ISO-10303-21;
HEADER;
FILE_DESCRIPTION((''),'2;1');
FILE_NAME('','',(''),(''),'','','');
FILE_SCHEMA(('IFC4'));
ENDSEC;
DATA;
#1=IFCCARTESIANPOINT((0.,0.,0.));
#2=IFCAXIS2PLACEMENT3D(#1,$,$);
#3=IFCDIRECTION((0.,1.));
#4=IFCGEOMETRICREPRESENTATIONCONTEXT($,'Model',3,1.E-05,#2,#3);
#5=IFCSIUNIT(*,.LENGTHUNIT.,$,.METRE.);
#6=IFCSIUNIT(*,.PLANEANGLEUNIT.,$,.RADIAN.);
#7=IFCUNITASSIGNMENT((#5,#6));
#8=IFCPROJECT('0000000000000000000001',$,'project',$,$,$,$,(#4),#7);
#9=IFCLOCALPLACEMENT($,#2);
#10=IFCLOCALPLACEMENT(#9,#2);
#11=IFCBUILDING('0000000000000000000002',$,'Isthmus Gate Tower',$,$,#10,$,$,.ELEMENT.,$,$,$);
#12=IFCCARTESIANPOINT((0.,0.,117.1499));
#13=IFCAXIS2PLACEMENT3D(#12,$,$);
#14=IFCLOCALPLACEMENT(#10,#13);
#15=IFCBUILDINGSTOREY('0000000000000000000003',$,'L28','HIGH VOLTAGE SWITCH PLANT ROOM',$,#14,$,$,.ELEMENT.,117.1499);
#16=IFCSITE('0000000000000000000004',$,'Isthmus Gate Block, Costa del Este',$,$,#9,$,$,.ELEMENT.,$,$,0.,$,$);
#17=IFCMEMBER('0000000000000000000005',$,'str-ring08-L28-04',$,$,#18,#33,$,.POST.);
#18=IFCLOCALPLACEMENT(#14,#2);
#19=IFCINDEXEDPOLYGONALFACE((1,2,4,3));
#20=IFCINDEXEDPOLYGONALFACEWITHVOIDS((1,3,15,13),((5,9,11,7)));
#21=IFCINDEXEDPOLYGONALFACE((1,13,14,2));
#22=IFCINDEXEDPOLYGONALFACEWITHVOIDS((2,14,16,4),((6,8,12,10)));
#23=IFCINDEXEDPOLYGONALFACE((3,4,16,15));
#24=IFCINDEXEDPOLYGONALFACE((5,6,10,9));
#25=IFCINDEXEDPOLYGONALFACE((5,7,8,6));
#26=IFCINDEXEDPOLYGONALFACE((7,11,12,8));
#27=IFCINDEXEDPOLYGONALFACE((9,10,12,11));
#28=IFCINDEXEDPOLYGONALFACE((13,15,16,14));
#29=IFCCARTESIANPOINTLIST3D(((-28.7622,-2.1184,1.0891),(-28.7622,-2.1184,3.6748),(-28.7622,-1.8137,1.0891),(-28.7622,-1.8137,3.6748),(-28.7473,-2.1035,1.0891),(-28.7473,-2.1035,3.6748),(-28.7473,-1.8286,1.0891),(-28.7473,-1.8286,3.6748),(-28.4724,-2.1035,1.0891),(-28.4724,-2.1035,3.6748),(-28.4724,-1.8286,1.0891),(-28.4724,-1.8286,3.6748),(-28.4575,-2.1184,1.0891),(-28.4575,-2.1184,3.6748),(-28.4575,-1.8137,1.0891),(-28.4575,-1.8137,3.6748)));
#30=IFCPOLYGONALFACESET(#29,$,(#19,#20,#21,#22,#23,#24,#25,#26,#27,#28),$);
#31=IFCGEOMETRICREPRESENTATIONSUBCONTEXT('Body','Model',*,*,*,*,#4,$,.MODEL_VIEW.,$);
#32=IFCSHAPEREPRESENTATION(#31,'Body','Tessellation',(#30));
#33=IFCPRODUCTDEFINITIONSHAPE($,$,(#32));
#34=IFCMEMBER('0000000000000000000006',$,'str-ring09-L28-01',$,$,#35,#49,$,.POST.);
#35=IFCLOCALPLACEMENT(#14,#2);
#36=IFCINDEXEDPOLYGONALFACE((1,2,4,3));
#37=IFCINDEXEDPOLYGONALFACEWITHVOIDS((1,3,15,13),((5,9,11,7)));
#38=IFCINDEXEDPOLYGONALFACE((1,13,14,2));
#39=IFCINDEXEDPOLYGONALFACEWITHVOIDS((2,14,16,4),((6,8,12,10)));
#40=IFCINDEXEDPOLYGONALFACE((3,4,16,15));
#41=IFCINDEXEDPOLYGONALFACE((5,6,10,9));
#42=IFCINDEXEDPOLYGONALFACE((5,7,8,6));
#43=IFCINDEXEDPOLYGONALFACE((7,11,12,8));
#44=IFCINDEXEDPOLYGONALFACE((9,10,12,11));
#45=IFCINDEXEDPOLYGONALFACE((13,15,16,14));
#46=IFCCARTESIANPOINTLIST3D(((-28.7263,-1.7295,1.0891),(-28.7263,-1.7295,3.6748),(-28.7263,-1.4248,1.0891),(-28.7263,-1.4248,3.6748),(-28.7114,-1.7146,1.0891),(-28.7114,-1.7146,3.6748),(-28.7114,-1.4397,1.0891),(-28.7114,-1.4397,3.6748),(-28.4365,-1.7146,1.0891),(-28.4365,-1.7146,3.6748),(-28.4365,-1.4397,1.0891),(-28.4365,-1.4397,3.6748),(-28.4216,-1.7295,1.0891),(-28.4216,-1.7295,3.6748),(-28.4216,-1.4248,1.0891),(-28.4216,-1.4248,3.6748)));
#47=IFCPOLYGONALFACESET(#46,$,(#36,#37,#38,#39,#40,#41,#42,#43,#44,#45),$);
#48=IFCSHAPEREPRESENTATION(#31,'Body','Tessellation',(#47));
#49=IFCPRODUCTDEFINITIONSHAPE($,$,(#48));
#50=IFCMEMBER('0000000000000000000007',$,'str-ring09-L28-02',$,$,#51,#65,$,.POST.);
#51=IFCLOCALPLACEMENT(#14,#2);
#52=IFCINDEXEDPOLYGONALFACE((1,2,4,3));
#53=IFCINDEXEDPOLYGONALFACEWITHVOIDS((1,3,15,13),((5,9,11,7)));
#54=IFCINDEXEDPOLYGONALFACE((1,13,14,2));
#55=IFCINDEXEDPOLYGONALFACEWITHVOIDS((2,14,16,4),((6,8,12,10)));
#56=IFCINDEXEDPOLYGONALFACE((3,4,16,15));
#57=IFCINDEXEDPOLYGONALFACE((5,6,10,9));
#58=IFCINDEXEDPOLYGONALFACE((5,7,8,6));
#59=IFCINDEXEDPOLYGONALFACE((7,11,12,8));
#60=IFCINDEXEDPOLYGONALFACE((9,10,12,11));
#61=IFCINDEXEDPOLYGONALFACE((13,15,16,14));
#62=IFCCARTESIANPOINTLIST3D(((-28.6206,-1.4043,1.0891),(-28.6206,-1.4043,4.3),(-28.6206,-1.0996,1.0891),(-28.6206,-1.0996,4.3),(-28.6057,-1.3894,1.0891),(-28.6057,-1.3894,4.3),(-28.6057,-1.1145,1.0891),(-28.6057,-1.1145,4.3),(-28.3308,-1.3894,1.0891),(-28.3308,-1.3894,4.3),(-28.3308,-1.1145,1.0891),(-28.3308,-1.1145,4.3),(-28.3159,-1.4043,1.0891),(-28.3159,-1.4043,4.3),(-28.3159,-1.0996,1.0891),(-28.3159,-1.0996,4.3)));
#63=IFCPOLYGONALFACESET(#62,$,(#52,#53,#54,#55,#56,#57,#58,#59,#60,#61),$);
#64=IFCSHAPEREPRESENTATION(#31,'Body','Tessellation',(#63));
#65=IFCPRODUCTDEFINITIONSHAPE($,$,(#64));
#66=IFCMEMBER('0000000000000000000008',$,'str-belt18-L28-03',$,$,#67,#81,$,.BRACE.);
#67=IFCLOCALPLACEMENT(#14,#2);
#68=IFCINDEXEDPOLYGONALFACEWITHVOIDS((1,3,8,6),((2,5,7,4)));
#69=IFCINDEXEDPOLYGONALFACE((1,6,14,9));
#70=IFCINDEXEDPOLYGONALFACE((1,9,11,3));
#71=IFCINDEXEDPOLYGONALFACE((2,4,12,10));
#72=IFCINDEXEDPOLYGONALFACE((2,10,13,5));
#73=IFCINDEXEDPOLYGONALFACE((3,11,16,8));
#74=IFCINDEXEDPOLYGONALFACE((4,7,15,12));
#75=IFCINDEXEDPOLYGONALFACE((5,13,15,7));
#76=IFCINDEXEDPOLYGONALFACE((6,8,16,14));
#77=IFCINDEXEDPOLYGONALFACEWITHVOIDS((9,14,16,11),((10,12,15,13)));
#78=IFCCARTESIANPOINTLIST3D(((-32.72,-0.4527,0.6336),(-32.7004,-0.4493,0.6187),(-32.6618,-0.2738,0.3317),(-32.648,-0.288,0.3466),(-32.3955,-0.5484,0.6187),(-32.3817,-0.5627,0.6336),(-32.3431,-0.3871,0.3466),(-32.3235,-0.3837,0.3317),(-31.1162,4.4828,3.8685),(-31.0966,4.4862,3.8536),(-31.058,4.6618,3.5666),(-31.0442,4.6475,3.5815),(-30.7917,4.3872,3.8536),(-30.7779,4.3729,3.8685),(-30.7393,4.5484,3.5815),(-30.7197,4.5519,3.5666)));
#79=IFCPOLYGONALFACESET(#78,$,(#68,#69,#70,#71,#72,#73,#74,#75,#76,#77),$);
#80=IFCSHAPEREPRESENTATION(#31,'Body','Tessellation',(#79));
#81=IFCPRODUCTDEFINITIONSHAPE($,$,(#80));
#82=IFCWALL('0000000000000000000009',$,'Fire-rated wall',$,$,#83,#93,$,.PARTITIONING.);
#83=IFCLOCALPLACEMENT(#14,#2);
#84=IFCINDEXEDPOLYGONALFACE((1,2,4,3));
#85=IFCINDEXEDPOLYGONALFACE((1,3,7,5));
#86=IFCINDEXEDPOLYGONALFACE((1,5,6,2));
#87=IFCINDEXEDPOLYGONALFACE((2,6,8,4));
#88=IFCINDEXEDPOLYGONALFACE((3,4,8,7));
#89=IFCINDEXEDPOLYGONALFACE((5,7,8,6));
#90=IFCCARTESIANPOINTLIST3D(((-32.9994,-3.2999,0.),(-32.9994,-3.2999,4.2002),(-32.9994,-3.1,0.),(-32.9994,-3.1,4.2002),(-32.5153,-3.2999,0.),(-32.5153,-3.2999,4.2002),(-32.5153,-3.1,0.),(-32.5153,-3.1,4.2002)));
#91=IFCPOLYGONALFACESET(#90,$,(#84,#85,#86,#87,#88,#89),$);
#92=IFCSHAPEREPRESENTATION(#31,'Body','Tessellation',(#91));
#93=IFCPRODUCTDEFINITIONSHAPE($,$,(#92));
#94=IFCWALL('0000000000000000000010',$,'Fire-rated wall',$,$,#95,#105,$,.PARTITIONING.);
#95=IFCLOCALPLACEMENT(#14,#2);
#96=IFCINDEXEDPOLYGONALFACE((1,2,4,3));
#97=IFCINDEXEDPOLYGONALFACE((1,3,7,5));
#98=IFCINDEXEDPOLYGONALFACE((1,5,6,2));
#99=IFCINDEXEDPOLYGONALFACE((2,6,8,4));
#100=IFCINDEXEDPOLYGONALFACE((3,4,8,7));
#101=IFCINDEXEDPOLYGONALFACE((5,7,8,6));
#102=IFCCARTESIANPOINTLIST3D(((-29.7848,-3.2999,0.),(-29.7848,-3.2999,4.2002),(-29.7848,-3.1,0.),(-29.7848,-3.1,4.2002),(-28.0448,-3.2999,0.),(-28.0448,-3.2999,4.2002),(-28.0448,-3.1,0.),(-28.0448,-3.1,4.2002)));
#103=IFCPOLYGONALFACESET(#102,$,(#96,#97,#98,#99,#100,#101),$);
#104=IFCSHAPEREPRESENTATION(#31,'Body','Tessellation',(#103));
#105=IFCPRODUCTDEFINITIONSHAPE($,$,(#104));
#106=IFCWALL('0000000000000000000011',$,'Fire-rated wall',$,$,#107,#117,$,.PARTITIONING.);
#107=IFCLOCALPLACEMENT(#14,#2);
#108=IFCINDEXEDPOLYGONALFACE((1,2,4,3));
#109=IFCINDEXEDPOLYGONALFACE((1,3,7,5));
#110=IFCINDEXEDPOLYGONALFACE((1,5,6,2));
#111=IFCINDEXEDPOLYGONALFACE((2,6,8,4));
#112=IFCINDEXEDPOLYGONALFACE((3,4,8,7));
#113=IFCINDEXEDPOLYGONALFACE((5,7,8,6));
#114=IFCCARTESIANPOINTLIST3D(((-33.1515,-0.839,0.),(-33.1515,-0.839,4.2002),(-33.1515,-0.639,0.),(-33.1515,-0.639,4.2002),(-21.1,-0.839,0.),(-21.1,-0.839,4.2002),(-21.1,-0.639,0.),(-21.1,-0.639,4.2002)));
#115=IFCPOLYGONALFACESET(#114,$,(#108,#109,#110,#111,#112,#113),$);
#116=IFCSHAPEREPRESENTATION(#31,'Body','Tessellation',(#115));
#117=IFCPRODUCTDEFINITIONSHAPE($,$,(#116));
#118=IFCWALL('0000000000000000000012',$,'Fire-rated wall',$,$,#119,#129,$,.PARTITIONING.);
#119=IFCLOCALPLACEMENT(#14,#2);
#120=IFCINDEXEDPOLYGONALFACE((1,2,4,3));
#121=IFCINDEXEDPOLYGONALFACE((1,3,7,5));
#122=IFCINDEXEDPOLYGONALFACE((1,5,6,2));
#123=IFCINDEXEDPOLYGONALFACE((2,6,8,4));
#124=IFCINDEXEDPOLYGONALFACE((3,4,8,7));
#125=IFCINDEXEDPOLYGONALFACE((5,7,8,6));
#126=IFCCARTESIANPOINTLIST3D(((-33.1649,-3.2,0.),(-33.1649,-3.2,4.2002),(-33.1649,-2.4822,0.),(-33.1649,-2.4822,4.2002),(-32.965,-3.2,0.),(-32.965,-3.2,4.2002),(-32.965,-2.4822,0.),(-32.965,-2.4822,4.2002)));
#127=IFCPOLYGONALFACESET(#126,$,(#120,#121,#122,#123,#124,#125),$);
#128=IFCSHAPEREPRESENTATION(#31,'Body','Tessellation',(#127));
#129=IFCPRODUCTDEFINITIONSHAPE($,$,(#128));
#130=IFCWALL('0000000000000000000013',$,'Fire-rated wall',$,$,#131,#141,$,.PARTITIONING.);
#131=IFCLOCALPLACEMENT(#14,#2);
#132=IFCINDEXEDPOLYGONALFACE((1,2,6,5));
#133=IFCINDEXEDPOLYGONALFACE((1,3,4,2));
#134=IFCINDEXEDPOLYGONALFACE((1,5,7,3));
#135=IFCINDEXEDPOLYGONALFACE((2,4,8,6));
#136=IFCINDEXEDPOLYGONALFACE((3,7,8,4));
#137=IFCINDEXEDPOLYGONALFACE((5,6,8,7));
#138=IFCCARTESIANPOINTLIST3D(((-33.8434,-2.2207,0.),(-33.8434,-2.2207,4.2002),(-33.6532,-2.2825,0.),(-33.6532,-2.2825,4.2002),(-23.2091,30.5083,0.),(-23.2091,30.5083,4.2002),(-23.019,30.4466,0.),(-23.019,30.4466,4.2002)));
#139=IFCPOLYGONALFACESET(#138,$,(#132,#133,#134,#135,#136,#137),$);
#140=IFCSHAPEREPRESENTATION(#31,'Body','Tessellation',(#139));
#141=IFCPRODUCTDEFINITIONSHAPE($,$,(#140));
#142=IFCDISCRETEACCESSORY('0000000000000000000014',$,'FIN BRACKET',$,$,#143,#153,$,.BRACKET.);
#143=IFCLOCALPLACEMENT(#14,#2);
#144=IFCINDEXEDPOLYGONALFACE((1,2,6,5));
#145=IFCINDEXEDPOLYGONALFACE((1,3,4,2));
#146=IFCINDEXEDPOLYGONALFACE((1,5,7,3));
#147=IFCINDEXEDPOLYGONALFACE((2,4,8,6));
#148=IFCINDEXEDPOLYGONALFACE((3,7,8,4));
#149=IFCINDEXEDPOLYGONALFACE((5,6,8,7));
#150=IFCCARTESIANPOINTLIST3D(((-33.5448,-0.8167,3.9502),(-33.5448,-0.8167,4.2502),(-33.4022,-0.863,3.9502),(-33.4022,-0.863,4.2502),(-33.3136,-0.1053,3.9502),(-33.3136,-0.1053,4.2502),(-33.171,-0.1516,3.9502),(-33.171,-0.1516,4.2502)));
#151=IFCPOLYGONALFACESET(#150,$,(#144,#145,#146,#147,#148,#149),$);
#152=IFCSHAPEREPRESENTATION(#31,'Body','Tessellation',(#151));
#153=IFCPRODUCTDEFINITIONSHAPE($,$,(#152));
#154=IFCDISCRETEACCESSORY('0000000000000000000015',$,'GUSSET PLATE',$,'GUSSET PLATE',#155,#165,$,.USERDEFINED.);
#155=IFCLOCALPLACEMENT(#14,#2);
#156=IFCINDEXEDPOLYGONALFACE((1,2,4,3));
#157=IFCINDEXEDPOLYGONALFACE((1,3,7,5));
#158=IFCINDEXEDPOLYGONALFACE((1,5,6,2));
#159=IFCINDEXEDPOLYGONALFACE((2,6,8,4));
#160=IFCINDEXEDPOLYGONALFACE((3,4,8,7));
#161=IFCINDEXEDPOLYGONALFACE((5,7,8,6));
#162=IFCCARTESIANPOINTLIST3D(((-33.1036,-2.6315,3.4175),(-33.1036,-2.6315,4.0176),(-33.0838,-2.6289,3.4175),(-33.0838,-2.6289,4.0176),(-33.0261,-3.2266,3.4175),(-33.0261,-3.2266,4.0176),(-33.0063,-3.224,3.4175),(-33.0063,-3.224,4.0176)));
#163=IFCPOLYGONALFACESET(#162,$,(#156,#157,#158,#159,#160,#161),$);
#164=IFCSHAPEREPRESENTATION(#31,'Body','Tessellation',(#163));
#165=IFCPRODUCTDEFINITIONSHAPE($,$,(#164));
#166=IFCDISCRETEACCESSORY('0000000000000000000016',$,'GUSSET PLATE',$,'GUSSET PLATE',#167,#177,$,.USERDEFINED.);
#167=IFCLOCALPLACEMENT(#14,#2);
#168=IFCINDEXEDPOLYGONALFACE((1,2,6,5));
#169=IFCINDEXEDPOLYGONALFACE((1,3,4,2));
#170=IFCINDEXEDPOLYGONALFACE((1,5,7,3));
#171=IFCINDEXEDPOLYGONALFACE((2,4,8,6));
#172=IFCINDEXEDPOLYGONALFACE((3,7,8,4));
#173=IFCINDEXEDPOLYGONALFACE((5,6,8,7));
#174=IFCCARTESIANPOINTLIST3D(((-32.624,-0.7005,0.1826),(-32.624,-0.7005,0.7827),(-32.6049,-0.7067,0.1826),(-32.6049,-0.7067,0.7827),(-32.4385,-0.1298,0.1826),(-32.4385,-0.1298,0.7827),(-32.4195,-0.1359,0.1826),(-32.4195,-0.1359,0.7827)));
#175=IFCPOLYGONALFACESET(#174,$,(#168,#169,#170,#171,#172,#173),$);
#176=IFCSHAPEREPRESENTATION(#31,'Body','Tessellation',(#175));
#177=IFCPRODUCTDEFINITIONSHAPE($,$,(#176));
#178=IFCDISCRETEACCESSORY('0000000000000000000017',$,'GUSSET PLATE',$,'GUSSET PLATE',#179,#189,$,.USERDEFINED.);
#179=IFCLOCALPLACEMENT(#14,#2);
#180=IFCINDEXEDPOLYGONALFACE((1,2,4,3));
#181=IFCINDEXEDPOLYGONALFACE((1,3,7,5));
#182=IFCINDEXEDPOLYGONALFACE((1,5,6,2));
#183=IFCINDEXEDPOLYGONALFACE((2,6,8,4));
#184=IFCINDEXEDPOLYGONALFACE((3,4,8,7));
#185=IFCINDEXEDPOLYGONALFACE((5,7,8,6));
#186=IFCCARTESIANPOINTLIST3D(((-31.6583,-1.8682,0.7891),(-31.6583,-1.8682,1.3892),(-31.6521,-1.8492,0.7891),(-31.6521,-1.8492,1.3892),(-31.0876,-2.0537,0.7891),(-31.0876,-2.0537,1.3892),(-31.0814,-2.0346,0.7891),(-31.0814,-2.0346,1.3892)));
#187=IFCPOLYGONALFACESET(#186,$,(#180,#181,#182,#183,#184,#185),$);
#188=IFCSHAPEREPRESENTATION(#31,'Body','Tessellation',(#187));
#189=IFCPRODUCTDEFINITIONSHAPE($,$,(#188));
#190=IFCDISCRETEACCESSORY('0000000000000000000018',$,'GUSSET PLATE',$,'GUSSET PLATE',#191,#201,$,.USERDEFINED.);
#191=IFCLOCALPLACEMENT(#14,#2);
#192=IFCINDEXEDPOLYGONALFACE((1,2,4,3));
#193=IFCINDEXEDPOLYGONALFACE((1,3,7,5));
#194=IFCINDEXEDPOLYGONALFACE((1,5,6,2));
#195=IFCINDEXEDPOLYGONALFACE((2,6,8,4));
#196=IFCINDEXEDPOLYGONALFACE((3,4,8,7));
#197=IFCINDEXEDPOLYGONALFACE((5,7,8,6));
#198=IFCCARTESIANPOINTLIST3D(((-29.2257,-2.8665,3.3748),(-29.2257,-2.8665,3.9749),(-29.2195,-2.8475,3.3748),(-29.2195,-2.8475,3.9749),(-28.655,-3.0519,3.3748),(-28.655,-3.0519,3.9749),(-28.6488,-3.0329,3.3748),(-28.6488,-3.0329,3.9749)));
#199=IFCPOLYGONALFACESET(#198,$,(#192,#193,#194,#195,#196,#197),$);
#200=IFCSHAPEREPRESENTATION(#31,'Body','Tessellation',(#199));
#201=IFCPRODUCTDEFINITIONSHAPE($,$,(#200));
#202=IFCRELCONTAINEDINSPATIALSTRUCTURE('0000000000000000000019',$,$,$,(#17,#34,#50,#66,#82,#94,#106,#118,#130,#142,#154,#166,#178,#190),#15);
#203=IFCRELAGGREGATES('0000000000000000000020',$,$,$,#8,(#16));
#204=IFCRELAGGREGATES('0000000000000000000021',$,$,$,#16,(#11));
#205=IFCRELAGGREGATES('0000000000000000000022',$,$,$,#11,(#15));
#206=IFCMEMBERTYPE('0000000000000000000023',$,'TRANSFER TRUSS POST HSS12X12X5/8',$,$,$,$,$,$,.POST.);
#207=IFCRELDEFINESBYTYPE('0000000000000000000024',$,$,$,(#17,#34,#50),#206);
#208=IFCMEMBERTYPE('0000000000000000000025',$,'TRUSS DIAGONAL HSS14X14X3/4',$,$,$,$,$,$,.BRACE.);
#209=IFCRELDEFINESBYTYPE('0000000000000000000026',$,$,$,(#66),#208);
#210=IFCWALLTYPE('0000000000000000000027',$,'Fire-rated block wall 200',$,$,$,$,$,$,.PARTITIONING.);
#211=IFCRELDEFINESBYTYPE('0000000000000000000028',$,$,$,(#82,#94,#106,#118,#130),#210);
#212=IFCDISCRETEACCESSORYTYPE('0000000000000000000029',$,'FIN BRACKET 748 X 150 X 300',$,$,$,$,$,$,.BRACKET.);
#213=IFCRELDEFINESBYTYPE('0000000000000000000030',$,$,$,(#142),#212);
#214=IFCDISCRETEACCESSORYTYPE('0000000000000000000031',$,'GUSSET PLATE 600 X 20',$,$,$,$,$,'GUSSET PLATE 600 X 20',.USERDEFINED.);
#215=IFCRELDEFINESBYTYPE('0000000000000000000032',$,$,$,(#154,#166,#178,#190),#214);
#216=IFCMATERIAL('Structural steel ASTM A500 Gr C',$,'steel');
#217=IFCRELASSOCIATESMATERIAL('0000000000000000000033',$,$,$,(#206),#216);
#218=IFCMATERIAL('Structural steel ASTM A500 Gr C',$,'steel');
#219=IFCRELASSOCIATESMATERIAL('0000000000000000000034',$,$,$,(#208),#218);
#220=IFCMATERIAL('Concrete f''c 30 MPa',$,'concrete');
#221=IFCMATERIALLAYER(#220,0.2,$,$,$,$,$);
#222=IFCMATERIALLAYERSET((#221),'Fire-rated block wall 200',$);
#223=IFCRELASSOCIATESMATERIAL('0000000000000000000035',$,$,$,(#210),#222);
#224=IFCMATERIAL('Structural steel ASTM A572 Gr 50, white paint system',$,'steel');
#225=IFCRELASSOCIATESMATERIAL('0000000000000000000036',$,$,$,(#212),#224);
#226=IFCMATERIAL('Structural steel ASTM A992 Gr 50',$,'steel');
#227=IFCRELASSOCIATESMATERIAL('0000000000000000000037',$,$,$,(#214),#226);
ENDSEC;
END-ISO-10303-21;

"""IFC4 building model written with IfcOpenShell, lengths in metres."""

from ifc_helpers import new_model, si_unit, direction, frame, frame_2d, origin, origin_2d, place, context, subcontext, project, spatial, rectangle, hollow_rectangle, extrude, material, layer, layer_set, material_profile, profile_set, type_object, element, save


model = new_model("IFC4")

# Units and contexts
model_context = context("Model", 3, precision=1e-05, world=origin(), true_north=direction((0.0, 1.0)))
body_context = subcontext(model_context, "Body", "Model", "MODEL_VIEW")
ifc_project = project(units=[si_unit("LENGTHUNIT", "METRE"), si_unit("PLANEANGLEUNIT", "RADIAN")], contexts=[model_context])

# Site, building, storey
site_placement = place(None, origin())
site = spatial("IfcSite", under=ifc_project, at=site_placement, Name="Isthmus Gate Block, Costa del Este", CompositionType="ELEMENT", RefElevation=0.0)
building_placement = place(site_placement, origin())
building = spatial("IfcBuilding", under=site, at=building_placement, Name="Isthmus Gate Tower", CompositionType="ELEMENT")
storey_placement = place(building_placement, frame((0.0, 0.0, 117.1499)))
storey = spatial("IfcBuildingStorey", under=building, at=storey_placement, Name="L28", Description="HIGH VOLTAGE SWITCH PLANT ROOM", CompositionType="ELEMENT", Elevation=117.1499)

# Members
ifc_material_1 = material(Name="Structural steel ASTM A500 Gr C", Category="steel")
ifc_material_profile_1 = material_profile(ifc_material_1, hollow_rectangle(XDim=0.3047, YDim=0.3047, WallThickness=0.0149, at=origin_2d()), Name="HSS12X12X5/8")
ifc_profile_set_1 = profile_set([ifc_material_profile_1], Name="Structural steel ASTM A500 Gr C")
member_type_1 = type_object("IfcMemberType", Name="TRANSFER TRUSS POST HSS12X12X5/8", PredefinedType="POST", material=ifc_profile_set_1)
for number, where, z_axis, x_axis, name in (
    (1, (-28.6099, -1.9661, 1.0891), (0.0, 0.0, 1.0), (1.0, 0.0, 0.0), "str-ring08-L28-04"),
    (2, (-28.574, -1.5771, 1.0891), (0.0, 0.0, 1.0), (1.0, 0.0, 0.0), "str-ring09-L28-01"),
):
    element("IfcMember", number, at=place(storey_placement, frame(where, z_axis=z_axis, x_axis=x_axis)), inside=storey, type_object=member_type_1, Name=name, PredefinedType="POST", context=body_context, shape_type="SweptSolid", body=[
        extrude(hollow_rectangle(XDim=0.3047, YDim=0.3047, WallThickness=0.0149, at=origin_2d()), origin(), (0.0, 0.0, 1.0), 2.5857),
    ])
member_1_placement = place(storey_placement, frame((-28.4683, -1.252, 1.0891), z_axis=(0.0, 0.0, 1.0), x_axis=(1.0, 0.0, 0.0)))
element("IfcMember", 3, at=member_1_placement, inside=storey, type_object=member_type_1, Name="str-ring09-L28-02", PredefinedType="POST", context=body_context, shape_type="SweptSolid", body=[
    extrude(hollow_rectangle(XDim=0.3047, YDim=0.3047, WallThickness=0.0149, at=origin_2d()), origin(), (0.0, 0.0, 1.0), 3.2109),
])
ifc_material_2 = material(Name="Structural steel ASTM A500 Gr C", Category="steel")
ifc_material_profile_2 = material_profile(ifc_material_2, hollow_rectangle(XDim=0.3557, YDim=0.3557, WallThickness=0.0176, at=origin_2d()), Name="HSS14X14X3/4")
ifc_profile_set_2 = profile_set([ifc_material_profile_2], Name="Structural steel ASTM A500 Gr C")
member_type_2 = type_object("IfcMemberType", Name="TRUSS DIAGONAL HSS14X14X3/4", PredefinedType="BRACE", material=ifc_profile_set_2)
member_2_placement = place(storey_placement, frame((-32.5217, -0.4182, 0.4827), z_axis=(0.262257, 0.807091, 0.528985), x_axis=(-0.951051, 0.309035, 0.0)))
element("IfcMember", 4, at=member_2_placement, inside=storey, type_object=member_type_2, Name="str-belt18-L28-03", PredefinedType="BRACE", context=body_context, shape_type="SweptSolid", body=[
    extrude(hollow_rectangle(XDim=0.3557, YDim=0.3557, WallThickness=0.0176, at=origin_2d()), origin(), (0.0, 0.0, 1.0), 6.1152),
])

# Walls
ifc_material_3 = material(Name="Concrete f'c 30 MPa", Category="concrete")
ifc_layer_1 = layer(ifc_material_3, 0.2)
ifc_layer_set_1 = layer_set([ifc_layer_1], Name="Fire-rated block wall 200")
wall_type = type_object("IfcWallType", Name="Fire-rated block wall 200", PredefinedType="PARTITIONING", material=ifc_layer_set_1)
wall_1_placement = place(storey_placement, frame((-32.9995, -3.2, 0.0), z_axis=(0.0, 0.0, 1.0), x_axis=(1.0, 0.0, 0.0)))
element("IfcWall", 5, at=wall_1_placement, inside=storey, type_object=wall_type, Name="Fire-rated wall", PredefinedType="PARTITIONING", context=body_context, shape_type="SweptSolid", body=[
    extrude(rectangle(XDim=0.4841, YDim=0.2, at=frame_2d((0.2422, 0.0))), origin(), (0.0, 0.0, 1.0), 4.2002),
])
wall_2_placement = place(storey_placement, frame((-29.7849, -3.2, 0.0), z_axis=(0.0, 0.0, 1.0), x_axis=(1.0, 0.0, 0.0)))
element("IfcWall", 6, at=wall_2_placement, inside=storey, type_object=wall_type, Name="Fire-rated wall", PredefinedType="PARTITIONING", context=body_context, shape_type="SweptSolid", body=[
    extrude(rectangle(XDim=1.74, YDim=0.2, at=frame_2d((0.8701, 0.0))), origin(), (0.0, 0.0, 1.0), 4.2002),
])
wall_3_placement = place(storey_placement, frame((-33.1516, -0.739, 0.0), z_axis=(0.0, 0.0, 1.0), x_axis=(1.0, 0.0, 0.0)))
element("IfcWall", 7, at=wall_3_placement, inside=storey, type_object=wall_type, Name="Fire-rated wall", PredefinedType="PARTITIONING", context=body_context, shape_type="SweptSolid", body=[
    extrude(rectangle(XDim=12.0515, YDim=0.2, at=frame_2d((6.0259, 0.0))), origin(), (0.0, 0.0, 1.0), 4.2002),
])
wall_4_placement = place(storey_placement, frame((-33.0649, -3.2, 0.0), z_axis=(0.0, 0.0, 1.0), x_axis=(0.0, 1.0, 0.0)))
element("IfcWall", 8, at=wall_4_placement, inside=storey, type_object=wall_type, Name="Fire-rated wall", PredefinedType="PARTITIONING", context=body_context, shape_type="SweptSolid", body=[
    extrude(rectangle(XDim=0.7178, YDim=0.2, at=frame_2d((0.3589, 0.0))), origin(), (0.0, 0.0, 1.0), 4.2002),
])
wall_5_placement = place(storey_placement, frame((-33.7483, -2.2515, 0.0), z_axis=(0.0, 0.0, 1.0), x_axis=(0.309016, 0.951057, 0.0)))
element("IfcWall", 9, at=wall_5_placement, inside=storey, type_object=wall_type, Name="Fire-rated wall", PredefinedType="PARTITIONING", context=body_context, shape_type="SweptSolid", body=[
    extrude(rectangle(XDim=34.4133, YDim=0.2, at=frame_2d((17.2065, 0.0))), origin(), (0.0, 0.0, 1.0), 4.2002),
])

# Discrete accessories
ifc_material_4 = material(Name="Structural steel ASTM A572 Gr 50, white paint system", Category="steel")
discrete_accessory_type_1 = type_object("IfcDiscreteAccessoryType", Name="FIN BRACKET 748 X 150 X 300", PredefinedType="BRACKET", material=ifc_material_4)
discrete_accessory_placement = place(storey_placement, frame((-33.3579, -0.4841, 3.9502), z_axis=(0.0, 0.0, 1.0), x_axis=(-0.951057, 0.309017, 0.0)))
element("IfcDiscreteAccessory", 10, at=discrete_accessory_placement, inside=storey, type_object=discrete_accessory_type_1, Name="FIN BRACKET", PredefinedType="BRACKET", context=body_context, shape_type="SweptSolid", body=[
    extrude(rectangle(XDim=0.1499, YDim=0.748, at=origin_2d()), origin(), (0.0, 0.0, 1.0), 0.3),
])
ifc_material_5 = material(Name="Structural steel ASTM A992 Gr 50", Category="steel")
discrete_accessory_type_2 = type_object("IfcDiscreteAccessoryType", Name="GUSSET PLATE 600 X 20", ElementType="GUSSET PLATE 600 X 20", PredefinedType="USERDEFINED", material=ifc_material_5)
for number, where, z_axis, x_axis, name in (
    (11, (-33.0549, -2.9277, 3.4175), (0.0, 0.0, 1.0), (-0.129165, 0.991623, 0.0), "GUSSET PLATE"),
    (12, (-32.5217, -0.4182, 0.1826), (0.0, 0.0, 1.0), (0.309017, 0.951057, 0.0), "GUSSET PLATE"),
    (13, (-31.3699, -1.9514, 0.7891), (0.0, 0.0, 1.0), (0.951057, -0.309017, 0.0), "GUSSET PLATE"),
    (14, (-28.9373, -2.9497, 3.3748), (0.0, 0.0, 1.0), (0.951057, -0.309017, 0.0), "GUSSET PLATE"),
):
    element("IfcDiscreteAccessory", number, at=place(storey_placement, frame(where, z_axis=z_axis, x_axis=x_axis)), inside=storey, type_object=discrete_accessory_type_2, Name=name, ObjectType="GUSSET PLATE", PredefinedType="USERDEFINED", context=body_context, shape_type="SweptSolid", body=[
        extrude(rectangle(XDim=0.6001, YDim=0.02, at=origin_2d()), origin(), (0.0, 0.0, 1.0), 0.6001),
    ])

save(model, "model.ifc")
